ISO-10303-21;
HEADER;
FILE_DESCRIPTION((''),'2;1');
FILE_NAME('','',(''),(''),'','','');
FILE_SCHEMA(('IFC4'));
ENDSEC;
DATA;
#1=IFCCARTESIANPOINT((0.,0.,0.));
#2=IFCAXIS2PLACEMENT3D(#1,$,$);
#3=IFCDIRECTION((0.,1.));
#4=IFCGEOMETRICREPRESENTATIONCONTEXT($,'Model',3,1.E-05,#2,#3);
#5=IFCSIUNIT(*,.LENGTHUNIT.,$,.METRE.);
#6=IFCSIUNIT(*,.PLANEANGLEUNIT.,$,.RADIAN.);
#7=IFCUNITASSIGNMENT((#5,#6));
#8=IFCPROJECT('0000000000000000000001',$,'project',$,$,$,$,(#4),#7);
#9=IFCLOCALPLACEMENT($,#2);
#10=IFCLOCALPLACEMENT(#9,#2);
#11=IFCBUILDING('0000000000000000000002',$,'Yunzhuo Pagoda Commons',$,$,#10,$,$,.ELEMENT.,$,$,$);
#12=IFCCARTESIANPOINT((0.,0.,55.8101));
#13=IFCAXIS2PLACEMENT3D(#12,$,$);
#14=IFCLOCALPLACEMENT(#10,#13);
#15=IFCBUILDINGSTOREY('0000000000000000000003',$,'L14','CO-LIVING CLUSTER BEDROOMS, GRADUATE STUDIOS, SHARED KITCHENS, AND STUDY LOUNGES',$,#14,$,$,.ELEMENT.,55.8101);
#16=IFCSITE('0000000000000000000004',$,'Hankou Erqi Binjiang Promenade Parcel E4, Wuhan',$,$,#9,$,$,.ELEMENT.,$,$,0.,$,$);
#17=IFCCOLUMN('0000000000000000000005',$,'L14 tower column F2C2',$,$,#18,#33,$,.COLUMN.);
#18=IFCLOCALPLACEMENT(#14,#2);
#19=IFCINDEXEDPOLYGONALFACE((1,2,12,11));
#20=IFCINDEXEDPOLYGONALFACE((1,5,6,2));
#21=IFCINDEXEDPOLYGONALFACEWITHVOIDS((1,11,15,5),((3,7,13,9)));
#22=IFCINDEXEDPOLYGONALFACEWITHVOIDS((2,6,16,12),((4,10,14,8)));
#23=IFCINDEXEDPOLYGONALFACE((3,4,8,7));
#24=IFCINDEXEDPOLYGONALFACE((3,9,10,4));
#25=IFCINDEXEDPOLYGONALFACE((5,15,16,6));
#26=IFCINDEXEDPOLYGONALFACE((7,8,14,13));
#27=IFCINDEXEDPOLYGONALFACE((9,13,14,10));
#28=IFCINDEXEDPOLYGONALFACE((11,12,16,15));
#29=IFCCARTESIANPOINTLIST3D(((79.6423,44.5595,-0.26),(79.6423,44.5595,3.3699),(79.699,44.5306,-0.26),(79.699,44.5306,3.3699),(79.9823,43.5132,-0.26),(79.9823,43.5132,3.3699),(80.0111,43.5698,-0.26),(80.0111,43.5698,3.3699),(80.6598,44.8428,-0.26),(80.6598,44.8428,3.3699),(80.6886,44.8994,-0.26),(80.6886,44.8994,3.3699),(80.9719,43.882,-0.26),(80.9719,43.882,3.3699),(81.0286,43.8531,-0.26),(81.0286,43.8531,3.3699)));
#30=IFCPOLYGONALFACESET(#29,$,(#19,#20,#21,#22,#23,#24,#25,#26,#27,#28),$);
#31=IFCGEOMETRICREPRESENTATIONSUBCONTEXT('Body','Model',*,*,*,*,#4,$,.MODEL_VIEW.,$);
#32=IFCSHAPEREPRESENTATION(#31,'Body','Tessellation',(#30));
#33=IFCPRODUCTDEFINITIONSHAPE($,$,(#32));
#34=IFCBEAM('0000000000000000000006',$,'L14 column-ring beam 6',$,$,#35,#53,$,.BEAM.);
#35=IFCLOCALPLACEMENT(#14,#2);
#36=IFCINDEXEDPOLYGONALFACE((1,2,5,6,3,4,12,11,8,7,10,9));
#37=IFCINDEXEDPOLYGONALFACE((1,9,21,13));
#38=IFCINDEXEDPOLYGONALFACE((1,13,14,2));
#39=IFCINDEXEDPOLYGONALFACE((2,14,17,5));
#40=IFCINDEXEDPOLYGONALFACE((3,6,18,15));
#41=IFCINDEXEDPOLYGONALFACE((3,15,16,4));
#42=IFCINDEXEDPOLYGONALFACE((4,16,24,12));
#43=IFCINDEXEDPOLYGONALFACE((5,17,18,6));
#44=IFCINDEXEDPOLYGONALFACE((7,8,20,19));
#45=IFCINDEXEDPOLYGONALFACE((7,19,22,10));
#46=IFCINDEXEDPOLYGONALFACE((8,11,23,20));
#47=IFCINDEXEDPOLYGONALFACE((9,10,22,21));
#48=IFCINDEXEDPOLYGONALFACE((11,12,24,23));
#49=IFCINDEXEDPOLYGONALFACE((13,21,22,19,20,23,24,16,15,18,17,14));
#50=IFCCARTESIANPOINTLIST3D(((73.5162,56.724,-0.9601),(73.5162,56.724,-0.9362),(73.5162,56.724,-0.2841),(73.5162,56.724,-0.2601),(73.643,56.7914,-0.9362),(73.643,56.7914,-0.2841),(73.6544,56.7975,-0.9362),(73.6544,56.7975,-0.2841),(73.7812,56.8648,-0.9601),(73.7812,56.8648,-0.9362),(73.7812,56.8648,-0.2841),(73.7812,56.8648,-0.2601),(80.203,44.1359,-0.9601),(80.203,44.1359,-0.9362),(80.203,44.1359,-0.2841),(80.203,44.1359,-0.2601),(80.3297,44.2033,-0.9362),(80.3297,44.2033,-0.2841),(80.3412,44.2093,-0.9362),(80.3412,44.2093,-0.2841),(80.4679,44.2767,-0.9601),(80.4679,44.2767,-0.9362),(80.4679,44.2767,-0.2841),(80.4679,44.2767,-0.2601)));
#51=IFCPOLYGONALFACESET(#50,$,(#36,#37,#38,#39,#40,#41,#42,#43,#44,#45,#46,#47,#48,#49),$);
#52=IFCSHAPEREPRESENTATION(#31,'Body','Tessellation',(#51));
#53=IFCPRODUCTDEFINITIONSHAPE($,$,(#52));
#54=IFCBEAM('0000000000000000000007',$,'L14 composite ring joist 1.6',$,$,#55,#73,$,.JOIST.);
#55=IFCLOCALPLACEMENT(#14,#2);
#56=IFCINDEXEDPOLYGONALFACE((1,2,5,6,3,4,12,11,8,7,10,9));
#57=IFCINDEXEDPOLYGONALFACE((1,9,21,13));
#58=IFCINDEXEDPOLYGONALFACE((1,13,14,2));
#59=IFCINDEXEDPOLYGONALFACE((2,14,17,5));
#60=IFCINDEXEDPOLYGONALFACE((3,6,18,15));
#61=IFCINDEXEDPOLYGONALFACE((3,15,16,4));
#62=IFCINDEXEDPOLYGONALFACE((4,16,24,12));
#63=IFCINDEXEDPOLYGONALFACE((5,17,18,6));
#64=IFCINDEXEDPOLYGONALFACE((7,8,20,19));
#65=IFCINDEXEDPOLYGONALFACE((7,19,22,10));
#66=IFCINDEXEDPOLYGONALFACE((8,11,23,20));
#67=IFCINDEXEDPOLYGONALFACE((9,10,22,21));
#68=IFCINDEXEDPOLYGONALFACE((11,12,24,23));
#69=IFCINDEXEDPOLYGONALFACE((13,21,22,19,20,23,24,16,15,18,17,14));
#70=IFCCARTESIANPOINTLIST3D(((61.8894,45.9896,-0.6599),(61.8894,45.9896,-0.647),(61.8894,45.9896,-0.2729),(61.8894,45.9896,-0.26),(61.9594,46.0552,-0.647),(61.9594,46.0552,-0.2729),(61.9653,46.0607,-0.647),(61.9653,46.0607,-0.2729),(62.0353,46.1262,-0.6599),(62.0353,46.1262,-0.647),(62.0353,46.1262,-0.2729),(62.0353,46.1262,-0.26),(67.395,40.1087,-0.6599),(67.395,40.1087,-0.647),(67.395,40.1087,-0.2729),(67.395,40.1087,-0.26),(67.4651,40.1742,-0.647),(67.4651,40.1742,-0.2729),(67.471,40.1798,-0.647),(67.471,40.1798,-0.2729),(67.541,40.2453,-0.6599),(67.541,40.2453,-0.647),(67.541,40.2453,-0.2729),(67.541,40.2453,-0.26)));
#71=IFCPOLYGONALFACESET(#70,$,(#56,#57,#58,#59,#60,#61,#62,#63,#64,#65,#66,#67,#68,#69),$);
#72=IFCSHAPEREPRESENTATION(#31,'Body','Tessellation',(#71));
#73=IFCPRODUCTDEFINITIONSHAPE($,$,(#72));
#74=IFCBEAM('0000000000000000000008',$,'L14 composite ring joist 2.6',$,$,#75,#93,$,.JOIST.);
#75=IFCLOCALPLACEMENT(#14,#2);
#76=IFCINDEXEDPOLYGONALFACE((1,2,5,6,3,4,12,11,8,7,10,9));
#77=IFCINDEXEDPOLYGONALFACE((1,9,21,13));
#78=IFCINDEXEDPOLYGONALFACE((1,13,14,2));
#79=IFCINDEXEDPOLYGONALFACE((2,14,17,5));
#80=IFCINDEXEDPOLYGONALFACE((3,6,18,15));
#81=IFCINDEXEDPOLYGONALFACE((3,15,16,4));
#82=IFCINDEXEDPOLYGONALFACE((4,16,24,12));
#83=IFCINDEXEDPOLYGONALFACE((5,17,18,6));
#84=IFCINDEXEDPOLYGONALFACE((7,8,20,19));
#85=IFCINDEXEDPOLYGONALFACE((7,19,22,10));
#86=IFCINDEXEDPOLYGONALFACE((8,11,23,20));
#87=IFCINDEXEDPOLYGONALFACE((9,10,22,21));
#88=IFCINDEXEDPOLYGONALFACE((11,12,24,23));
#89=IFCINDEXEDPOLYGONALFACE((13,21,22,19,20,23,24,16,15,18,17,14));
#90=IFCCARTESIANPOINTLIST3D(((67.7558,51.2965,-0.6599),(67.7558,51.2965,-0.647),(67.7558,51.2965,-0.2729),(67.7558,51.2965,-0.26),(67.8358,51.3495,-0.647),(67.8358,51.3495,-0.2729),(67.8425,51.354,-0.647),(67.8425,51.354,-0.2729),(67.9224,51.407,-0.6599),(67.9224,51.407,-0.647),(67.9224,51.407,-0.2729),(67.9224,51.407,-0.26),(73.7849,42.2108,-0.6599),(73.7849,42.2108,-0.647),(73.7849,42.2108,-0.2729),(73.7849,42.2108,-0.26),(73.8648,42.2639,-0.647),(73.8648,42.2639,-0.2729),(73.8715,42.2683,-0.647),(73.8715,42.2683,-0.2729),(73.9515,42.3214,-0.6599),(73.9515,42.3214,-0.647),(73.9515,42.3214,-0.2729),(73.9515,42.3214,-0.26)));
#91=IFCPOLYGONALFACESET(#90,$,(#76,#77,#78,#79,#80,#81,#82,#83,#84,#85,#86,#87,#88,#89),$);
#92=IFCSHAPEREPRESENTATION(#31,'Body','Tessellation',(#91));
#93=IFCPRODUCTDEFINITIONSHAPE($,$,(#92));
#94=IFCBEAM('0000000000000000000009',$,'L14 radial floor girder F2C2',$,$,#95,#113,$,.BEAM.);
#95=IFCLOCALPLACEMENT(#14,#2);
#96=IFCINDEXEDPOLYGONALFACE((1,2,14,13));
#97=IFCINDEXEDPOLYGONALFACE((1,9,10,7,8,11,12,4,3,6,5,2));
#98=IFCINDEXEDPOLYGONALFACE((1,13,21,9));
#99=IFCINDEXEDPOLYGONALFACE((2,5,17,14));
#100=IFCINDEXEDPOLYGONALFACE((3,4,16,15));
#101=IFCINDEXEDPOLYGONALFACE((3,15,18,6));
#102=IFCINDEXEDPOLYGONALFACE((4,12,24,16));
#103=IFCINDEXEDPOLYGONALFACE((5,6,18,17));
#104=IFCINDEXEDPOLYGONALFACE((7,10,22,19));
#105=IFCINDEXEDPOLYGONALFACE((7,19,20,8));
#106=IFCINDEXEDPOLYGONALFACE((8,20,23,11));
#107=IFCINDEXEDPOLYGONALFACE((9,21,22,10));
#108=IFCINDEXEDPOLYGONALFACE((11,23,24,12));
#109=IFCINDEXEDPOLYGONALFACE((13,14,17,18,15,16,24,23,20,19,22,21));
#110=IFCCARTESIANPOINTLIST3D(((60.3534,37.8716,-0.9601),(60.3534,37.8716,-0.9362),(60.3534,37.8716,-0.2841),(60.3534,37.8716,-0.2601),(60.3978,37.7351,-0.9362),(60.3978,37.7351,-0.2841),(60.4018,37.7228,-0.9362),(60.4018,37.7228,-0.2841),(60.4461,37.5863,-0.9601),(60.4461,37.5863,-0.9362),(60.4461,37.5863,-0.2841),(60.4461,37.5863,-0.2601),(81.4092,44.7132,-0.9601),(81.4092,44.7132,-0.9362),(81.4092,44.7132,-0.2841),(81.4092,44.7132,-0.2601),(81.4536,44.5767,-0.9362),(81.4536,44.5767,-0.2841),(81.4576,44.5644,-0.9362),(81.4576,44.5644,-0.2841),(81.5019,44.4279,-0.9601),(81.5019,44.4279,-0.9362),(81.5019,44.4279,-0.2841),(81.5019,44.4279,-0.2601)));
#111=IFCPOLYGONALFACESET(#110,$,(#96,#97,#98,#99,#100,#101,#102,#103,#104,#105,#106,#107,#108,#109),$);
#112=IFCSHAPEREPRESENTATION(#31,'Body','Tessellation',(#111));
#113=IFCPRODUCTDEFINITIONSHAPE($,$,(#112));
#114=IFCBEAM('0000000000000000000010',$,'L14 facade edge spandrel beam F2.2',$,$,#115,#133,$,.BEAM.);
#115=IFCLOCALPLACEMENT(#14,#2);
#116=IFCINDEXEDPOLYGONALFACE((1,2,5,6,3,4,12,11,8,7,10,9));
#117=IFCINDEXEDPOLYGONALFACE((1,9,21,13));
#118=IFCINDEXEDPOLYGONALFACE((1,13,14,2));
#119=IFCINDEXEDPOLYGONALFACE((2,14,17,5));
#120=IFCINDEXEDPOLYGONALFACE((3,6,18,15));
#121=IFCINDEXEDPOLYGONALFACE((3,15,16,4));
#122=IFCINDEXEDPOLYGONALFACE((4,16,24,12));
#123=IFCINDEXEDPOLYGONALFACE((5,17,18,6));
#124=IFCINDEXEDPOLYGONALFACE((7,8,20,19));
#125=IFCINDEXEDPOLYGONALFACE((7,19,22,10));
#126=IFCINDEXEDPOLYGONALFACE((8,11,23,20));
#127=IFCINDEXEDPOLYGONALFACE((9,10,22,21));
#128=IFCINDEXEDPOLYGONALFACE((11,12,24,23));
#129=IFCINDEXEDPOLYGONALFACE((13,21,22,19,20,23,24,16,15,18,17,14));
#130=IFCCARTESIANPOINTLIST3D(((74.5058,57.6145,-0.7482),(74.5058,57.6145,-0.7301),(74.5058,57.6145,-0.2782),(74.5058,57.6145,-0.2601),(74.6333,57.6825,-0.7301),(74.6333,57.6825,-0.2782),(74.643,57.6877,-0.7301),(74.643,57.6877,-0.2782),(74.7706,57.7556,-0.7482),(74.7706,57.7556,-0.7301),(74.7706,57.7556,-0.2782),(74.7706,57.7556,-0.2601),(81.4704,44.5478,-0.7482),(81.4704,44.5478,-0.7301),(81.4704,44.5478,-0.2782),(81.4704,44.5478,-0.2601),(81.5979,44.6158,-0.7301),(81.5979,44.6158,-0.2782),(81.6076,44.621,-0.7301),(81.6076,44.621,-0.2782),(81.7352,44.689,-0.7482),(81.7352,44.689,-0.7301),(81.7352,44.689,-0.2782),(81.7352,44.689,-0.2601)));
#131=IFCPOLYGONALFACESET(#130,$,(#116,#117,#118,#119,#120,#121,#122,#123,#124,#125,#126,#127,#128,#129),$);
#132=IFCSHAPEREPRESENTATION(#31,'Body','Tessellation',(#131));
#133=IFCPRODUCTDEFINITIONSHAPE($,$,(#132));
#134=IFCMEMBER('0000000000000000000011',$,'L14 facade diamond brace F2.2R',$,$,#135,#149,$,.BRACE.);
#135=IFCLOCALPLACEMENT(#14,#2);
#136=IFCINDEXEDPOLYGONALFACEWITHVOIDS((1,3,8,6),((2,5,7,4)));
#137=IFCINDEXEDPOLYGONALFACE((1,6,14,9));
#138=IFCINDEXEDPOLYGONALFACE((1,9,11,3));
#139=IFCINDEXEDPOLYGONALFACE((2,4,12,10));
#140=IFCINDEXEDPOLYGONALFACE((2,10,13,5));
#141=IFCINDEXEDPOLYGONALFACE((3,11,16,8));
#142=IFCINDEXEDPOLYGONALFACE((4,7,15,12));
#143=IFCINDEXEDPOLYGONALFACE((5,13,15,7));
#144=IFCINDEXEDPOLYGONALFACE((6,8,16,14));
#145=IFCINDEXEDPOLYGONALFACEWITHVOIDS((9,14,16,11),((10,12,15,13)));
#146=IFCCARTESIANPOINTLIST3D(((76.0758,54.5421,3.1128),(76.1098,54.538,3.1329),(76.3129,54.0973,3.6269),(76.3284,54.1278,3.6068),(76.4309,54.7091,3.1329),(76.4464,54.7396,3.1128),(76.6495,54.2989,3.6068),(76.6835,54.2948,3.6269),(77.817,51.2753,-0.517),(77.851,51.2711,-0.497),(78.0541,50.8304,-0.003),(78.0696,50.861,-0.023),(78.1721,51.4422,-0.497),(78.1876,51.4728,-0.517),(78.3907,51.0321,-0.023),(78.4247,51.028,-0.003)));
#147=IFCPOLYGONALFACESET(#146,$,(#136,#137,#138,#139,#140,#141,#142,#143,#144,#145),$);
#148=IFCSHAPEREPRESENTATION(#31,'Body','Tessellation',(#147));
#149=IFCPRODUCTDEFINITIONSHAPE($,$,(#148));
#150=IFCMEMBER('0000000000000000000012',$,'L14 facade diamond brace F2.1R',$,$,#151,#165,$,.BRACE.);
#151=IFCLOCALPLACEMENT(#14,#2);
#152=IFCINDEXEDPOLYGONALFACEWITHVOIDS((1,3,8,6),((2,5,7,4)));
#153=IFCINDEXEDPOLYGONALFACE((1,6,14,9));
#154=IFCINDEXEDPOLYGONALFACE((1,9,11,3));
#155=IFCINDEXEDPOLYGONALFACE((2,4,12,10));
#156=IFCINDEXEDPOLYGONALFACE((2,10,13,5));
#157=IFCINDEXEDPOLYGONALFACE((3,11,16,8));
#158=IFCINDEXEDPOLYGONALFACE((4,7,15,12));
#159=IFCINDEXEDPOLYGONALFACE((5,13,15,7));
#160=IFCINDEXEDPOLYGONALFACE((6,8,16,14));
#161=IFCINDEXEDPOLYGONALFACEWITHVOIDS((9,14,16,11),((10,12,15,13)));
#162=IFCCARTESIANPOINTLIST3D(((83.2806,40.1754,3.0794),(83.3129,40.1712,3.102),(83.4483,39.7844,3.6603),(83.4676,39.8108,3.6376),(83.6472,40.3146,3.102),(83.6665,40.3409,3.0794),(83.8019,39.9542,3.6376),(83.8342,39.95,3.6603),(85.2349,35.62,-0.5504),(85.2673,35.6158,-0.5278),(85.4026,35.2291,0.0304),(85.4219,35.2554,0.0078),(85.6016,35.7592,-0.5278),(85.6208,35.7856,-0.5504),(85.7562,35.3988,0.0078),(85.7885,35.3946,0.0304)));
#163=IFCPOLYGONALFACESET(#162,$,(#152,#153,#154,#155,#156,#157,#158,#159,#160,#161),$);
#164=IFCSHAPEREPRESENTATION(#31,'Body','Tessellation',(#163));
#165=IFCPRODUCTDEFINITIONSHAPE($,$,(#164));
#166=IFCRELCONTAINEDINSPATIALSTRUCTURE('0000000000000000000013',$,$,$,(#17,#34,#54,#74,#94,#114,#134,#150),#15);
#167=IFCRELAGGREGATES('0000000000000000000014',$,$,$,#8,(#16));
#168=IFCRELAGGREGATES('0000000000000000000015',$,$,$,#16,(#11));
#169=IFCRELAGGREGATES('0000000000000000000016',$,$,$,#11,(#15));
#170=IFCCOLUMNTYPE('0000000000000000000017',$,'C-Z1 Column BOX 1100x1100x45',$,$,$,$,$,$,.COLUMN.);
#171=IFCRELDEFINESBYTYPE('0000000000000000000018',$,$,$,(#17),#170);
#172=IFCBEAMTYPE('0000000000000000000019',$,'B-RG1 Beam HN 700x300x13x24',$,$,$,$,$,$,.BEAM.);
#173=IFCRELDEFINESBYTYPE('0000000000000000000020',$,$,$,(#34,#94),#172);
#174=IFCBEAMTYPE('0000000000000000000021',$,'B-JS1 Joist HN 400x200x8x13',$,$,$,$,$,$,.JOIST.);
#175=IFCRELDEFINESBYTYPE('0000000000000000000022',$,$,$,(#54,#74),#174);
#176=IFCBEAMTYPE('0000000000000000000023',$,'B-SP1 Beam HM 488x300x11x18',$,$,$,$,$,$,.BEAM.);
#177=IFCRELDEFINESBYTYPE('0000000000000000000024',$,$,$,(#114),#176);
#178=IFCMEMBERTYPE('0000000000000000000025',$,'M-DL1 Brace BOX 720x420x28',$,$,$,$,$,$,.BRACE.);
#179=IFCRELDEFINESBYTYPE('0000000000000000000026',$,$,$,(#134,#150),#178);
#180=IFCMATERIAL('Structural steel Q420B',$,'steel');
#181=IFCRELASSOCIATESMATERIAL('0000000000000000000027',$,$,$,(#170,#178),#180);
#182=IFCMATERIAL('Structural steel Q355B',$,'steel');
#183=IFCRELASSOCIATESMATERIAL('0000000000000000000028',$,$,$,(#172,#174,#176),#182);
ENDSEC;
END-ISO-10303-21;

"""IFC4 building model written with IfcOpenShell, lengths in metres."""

from ifc_helpers import new_model, si_unit, direction, frame, origin, origin_2d, place, context, subcontext, project, spatial, hollow_rectangle, i_section, extrude, source, transform, mapped, material, material_profile, profile_set, type_object, element, save


model = new_model("IFC4")

# Units and contexts
model_context = context("Model", 3, precision=1e-05, world=origin(), true_north=direction((0.0, 1.0)))
body_context = subcontext(model_context, "Body", "Model", "MODEL_VIEW")
ifc_project = project(units=[si_unit("LENGTHUNIT", "METRE"), si_unit("PLANEANGLEUNIT", "RADIAN")], contexts=[model_context])

# Site, building, storey
site_placement = place(None, origin())
site = spatial("IfcSite", under=ifc_project, at=site_placement, Name="Hankou Erqi Binjiang Promenade Parcel E4, Wuhan", CompositionType="ELEMENT", RefElevation=0.0)
building_placement = place(site_placement, origin())
building = spatial("IfcBuilding", under=site, at=building_placement, Name="Yunzhuo Pagoda Commons", CompositionType="ELEMENT")
storey_placement = place(building_placement, frame((0.0, 0.0, 55.8101)))
storey = spatial("IfcBuildingStorey", under=building, at=storey_placement, Name="L14", Description="CO-LIVING CLUSTER BEDROOMS, GRADUATE STUDIOS, SHARED KITCHENS, AND STUDY LOUNGES", CompositionType="ELEMENT", Elevation=55.8101)

# Column
ifc_material_1 = material(Name="Structural steel Q420B", Category="steel")
ifc_material_profile_1 = material_profile(ifc_material_1, hollow_rectangle(XDim=1.1001, YDim=1.1001, WallThickness=0.0449, at=origin_2d()), Name="Structural steel Q420B")
ifc_profile_set_1 = profile_set([ifc_material_profile_1], Name="Structural steel Q420B")
column_type = type_object("IfcColumnType", Name="C-Z1 Column BOX 1100x1100x45", PredefinedType="COLUMN", material=ifc_profile_set_1)
shared_shape_1 = source(origin(), body_context, "Body", "SweptSolid", [
    extrude(hollow_rectangle(XDim=1.1001, YDim=1.1001, WallThickness=0.0449, at=origin_2d()), origin(), (0.0, 0.0, 1.0), 3.6299),
])
column_placement = place(storey_placement, frame((80.3354, 44.2063, -0.26), z_axis=(0.0, 0.0, 1.0), x_axis=(-0.309017, 0.951057, 0.0)))
element("IfcColumn", 1, at=column_placement, inside=storey, type_object=column_type, Name="L14 tower column F2C2", PredefinedType="COLUMN", context=body_context, shape_type="MappedRepresentation", body=[
    mapped(shared_shape_1, transform((0.0, 0.0, 0.0), scale=1.0)),
])

# Beams
ifc_material_2 = material(Name="Structural steel Q355B", Category="steel")
ifc_material_profile_2 = material_profile(ifc_material_2, i_section(OverallWidth=0.3, OverallDepth=0.7, WebThickness=0.0129, FlangeThickness=0.0239, at=origin_2d()), Name="Structural steel Q355B")
ifc_profile_set_2 = profile_set([ifc_material_profile_2], Name="Structural steel Q355B")
beam_type_1 = type_object("IfcBeamType", Name="B-RG1 Beam HN 700x300x13x24", PredefinedType="BEAM", material=ifc_profile_set_2)
shared_shape_2 = source(origin(), body_context, "Body", "SweptSolid", [
    extrude(i_section(OverallWidth=0.3, OverallDepth=0.7, WebThickness=0.0129, FlangeThickness=0.0239, at=origin_2d()), origin(), (0.0, 0.0, 1.0), 14.2539),
])
beam_1_placement = place(storey_placement, frame((80.3354, 44.2063, -0.6101), z_axis=(-0.469118, 0.883135, 0.0), x_axis=(-0.883135, -0.469118, 0.0)))
element("IfcBeam", 2, at=beam_1_placement, inside=storey, type_object=beam_type_1, Name="L14 column-ring beam 6", PredefinedType="BEAM", context=body_context, shape_type="MappedRepresentation", body=[
    mapped(shared_shape_2, transform((0.0, 0.0, 0.0), scale=1.0)),
])
ifc_material_profile_3 = material_profile(ifc_material_2, i_section(OverallWidth=0.2, OverallDepth=0.3999, WebThickness=0.0081, FlangeThickness=0.0129, at=origin_2d()), Name="Structural steel Q355B")
ifc_profile_set_3 = profile_set([ifc_material_profile_3], Name="Structural steel Q355B")
beam_type_2 = type_object("IfcBeamType", Name="B-JS1 Joist HN 400x200x8x13", PredefinedType="JOIST", material=ifc_profile_set_3)
shared_shape_3 = source(origin(), body_context, "Body", "SweptSolid", [
    extrude(i_section(OverallWidth=0.2, OverallDepth=0.3999, WebThickness=0.0081, FlangeThickness=0.0129, at=origin_2d()), origin(), (0.0, 0.0, 1.0), 8.0559),
])
beam_2_placement = place(storey_placement, frame((67.468, 40.177, -0.46), z_axis=(-0.683433, 0.730013, 0.0), x_axis=(-0.730013, -0.683433, 0.0)))
element("IfcBeam", 3, at=beam_2_placement, inside=storey, type_object=beam_type_2, Name="L14 composite ring joist 1.6", PredefinedType="JOIST", context=body_context, shape_type="MappedRepresentation", body=[
    mapped(shared_shape_3, transform((0.0, 0.0, 0.0), scale=1.0)),
])
shared_shape_4 = source(origin(), body_context, "Body", "SweptSolid", [
    extrude(i_section(OverallWidth=0.2, OverallDepth=0.3999, WebThickness=0.0081, FlangeThickness=0.0129, at=origin_2d()), origin(), (0.0, 0.0, 1.0), 10.9041),
])
beam_3_placement = place(storey_placement, frame((73.8682, 42.2661, -0.46), z_axis=(-0.552916, 0.833237, 0.0), x_axis=(-0.833237, -0.552916, 0.0)))
element("IfcBeam", 4, at=beam_3_placement, inside=storey, type_object=beam_type_2, Name="L14 composite ring joist 2.6", PredefinedType="JOIST", context=body_context, shape_type="MappedRepresentation", body=[
    mapped(shared_shape_4, transform((0.0, 0.0, 0.0), scale=1.0)),
])
shared_shape_5 = source(origin(), body_context, "Body", "SweptSolid", [
    extrude(i_section(OverallWidth=0.3, OverallDepth=0.7, WebThickness=0.0129, FlangeThickness=0.0239, at=origin_2d()), origin(), (0.0, 0.0, 1.0), 22.1394),
])
beam_4_placement = place(storey_placement, frame((81.4556, 44.5706, -0.6101), z_axis=(-0.951054, -0.309023, 0.0), x_axis=(0.309023, -0.951054, 0.0)))
element("IfcBeam", 5, at=beam_4_placement, inside=storey, type_object=beam_type_1, Name="L14 radial floor girder F2C2", PredefinedType="BEAM", context=body_context, shape_type="MappedRepresentation", body=[
    mapped(shared_shape_5, transform((0.0, 0.0, 0.0), scale=1.0)),
])
ifc_material_profile_4 = material_profile(ifc_material_2, i_section(OverallWidth=0.3, OverallDepth=0.488, WebThickness=0.011, FlangeThickness=0.0181, at=origin_2d()), Name="Structural steel Q355B")
ifc_profile_set_4 = profile_set([ifc_material_profile_4], Name="Structural steel Q355B")
beam_type_3 = type_object("IfcBeamType", Name="B-SP1 Beam HM 488x300x11x18", PredefinedType="BEAM", material=ifc_profile_set_4)
shared_shape_6 = source(origin(), body_context, "Body", "SweptSolid", [
    extrude(i_section(OverallWidth=0.3, OverallDepth=0.488, WebThickness=0.011, FlangeThickness=0.0181, at=origin_2d()), origin(), (0.0, 0.0, 1.0), 14.8069),
])
beam_5_placement = place(storey_placement, frame((81.6028, 44.6184, -0.5042), z_axis=(-0.470363, 0.882473, 0.0), x_axis=(-0.882473, -0.470363, 0.0)))
element("IfcBeam", 6, at=beam_5_placement, inside=storey, type_object=beam_type_3, Name="L14 facade edge spandrel beam F2.2", PredefinedType="BEAM", context=body_context, shape_type="MappedRepresentation", body=[
    mapped(shared_shape_6, transform((0.0, 0.0, 0.0), scale=1.0)),
])

# Members
ifc_material_profile_5 = material_profile(ifc_material_1, hollow_rectangle(XDim=0.4199, YDim=0.72, WallThickness=0.0281, at=origin_2d()), Name="Structural steel Q420B")
ifc_profile_set_5 = profile_set([ifc_material_profile_5], Name="Structural steel Q420B")
member_type_1 = type_object("IfcMemberType", Name="M-DL1 Brace BOX 720x420x28", PredefinedType="BRACE", material=ifc_profile_set_5)
shared_shape_7 = source(origin(), body_context, "Body", "SweptSolid", [
    extrude(hollow_rectangle(XDim=0.4199, YDim=0.72, WallThickness=0.0281, at=origin_2d()), origin(), (0.0, 0.0, 1.0), 5.1846),
])
member_1_placement = place(storey_placement, frame((78.1208, 51.1516, -0.26), z_axis=(-0.335842, 0.630105, 0.700127), x_axis=(-0.882477, -0.470355, 0.0)))
element("IfcMember", 7, at=member_1_placement, inside=storey, type_object=member_type_1, Name="L14 facade diamond brace F2.2R", PredefinedType="BRACE", context=body_context, shape_type="MappedRepresentation", body=[
    mapped(shared_shape_7, transform((0.0, 0.0, 0.0), scale=1.0)),
])
shared_shape_8 = source(origin(), body_context, "Body", "SweptSolid", [
    extrude(hollow_rectangle(XDim=0.4199, YDim=0.72, WallThickness=0.0281, at=origin_2d()), origin(), (0.0, 0.0, 1.0), 6.1438),
])
member_2_placement = place(storey_placement, frame((85.5117, 35.5073, -0.26), z_axis=(-0.318096, 0.741455, 0.590812), x_axis=(-0.918997, -0.394264, 0.0)))
element("IfcMember", 8, at=member_2_placement, inside=storey, type_object=member_type_1, Name="L14 facade diamond brace F2.1R", PredefinedType="BRACE", context=body_context, shape_type="MappedRepresentation", body=[
    mapped(shared_shape_8, transform((0.0, 0.0, 0.0), scale=1.0)),
])

save(model, "model.ifc")
